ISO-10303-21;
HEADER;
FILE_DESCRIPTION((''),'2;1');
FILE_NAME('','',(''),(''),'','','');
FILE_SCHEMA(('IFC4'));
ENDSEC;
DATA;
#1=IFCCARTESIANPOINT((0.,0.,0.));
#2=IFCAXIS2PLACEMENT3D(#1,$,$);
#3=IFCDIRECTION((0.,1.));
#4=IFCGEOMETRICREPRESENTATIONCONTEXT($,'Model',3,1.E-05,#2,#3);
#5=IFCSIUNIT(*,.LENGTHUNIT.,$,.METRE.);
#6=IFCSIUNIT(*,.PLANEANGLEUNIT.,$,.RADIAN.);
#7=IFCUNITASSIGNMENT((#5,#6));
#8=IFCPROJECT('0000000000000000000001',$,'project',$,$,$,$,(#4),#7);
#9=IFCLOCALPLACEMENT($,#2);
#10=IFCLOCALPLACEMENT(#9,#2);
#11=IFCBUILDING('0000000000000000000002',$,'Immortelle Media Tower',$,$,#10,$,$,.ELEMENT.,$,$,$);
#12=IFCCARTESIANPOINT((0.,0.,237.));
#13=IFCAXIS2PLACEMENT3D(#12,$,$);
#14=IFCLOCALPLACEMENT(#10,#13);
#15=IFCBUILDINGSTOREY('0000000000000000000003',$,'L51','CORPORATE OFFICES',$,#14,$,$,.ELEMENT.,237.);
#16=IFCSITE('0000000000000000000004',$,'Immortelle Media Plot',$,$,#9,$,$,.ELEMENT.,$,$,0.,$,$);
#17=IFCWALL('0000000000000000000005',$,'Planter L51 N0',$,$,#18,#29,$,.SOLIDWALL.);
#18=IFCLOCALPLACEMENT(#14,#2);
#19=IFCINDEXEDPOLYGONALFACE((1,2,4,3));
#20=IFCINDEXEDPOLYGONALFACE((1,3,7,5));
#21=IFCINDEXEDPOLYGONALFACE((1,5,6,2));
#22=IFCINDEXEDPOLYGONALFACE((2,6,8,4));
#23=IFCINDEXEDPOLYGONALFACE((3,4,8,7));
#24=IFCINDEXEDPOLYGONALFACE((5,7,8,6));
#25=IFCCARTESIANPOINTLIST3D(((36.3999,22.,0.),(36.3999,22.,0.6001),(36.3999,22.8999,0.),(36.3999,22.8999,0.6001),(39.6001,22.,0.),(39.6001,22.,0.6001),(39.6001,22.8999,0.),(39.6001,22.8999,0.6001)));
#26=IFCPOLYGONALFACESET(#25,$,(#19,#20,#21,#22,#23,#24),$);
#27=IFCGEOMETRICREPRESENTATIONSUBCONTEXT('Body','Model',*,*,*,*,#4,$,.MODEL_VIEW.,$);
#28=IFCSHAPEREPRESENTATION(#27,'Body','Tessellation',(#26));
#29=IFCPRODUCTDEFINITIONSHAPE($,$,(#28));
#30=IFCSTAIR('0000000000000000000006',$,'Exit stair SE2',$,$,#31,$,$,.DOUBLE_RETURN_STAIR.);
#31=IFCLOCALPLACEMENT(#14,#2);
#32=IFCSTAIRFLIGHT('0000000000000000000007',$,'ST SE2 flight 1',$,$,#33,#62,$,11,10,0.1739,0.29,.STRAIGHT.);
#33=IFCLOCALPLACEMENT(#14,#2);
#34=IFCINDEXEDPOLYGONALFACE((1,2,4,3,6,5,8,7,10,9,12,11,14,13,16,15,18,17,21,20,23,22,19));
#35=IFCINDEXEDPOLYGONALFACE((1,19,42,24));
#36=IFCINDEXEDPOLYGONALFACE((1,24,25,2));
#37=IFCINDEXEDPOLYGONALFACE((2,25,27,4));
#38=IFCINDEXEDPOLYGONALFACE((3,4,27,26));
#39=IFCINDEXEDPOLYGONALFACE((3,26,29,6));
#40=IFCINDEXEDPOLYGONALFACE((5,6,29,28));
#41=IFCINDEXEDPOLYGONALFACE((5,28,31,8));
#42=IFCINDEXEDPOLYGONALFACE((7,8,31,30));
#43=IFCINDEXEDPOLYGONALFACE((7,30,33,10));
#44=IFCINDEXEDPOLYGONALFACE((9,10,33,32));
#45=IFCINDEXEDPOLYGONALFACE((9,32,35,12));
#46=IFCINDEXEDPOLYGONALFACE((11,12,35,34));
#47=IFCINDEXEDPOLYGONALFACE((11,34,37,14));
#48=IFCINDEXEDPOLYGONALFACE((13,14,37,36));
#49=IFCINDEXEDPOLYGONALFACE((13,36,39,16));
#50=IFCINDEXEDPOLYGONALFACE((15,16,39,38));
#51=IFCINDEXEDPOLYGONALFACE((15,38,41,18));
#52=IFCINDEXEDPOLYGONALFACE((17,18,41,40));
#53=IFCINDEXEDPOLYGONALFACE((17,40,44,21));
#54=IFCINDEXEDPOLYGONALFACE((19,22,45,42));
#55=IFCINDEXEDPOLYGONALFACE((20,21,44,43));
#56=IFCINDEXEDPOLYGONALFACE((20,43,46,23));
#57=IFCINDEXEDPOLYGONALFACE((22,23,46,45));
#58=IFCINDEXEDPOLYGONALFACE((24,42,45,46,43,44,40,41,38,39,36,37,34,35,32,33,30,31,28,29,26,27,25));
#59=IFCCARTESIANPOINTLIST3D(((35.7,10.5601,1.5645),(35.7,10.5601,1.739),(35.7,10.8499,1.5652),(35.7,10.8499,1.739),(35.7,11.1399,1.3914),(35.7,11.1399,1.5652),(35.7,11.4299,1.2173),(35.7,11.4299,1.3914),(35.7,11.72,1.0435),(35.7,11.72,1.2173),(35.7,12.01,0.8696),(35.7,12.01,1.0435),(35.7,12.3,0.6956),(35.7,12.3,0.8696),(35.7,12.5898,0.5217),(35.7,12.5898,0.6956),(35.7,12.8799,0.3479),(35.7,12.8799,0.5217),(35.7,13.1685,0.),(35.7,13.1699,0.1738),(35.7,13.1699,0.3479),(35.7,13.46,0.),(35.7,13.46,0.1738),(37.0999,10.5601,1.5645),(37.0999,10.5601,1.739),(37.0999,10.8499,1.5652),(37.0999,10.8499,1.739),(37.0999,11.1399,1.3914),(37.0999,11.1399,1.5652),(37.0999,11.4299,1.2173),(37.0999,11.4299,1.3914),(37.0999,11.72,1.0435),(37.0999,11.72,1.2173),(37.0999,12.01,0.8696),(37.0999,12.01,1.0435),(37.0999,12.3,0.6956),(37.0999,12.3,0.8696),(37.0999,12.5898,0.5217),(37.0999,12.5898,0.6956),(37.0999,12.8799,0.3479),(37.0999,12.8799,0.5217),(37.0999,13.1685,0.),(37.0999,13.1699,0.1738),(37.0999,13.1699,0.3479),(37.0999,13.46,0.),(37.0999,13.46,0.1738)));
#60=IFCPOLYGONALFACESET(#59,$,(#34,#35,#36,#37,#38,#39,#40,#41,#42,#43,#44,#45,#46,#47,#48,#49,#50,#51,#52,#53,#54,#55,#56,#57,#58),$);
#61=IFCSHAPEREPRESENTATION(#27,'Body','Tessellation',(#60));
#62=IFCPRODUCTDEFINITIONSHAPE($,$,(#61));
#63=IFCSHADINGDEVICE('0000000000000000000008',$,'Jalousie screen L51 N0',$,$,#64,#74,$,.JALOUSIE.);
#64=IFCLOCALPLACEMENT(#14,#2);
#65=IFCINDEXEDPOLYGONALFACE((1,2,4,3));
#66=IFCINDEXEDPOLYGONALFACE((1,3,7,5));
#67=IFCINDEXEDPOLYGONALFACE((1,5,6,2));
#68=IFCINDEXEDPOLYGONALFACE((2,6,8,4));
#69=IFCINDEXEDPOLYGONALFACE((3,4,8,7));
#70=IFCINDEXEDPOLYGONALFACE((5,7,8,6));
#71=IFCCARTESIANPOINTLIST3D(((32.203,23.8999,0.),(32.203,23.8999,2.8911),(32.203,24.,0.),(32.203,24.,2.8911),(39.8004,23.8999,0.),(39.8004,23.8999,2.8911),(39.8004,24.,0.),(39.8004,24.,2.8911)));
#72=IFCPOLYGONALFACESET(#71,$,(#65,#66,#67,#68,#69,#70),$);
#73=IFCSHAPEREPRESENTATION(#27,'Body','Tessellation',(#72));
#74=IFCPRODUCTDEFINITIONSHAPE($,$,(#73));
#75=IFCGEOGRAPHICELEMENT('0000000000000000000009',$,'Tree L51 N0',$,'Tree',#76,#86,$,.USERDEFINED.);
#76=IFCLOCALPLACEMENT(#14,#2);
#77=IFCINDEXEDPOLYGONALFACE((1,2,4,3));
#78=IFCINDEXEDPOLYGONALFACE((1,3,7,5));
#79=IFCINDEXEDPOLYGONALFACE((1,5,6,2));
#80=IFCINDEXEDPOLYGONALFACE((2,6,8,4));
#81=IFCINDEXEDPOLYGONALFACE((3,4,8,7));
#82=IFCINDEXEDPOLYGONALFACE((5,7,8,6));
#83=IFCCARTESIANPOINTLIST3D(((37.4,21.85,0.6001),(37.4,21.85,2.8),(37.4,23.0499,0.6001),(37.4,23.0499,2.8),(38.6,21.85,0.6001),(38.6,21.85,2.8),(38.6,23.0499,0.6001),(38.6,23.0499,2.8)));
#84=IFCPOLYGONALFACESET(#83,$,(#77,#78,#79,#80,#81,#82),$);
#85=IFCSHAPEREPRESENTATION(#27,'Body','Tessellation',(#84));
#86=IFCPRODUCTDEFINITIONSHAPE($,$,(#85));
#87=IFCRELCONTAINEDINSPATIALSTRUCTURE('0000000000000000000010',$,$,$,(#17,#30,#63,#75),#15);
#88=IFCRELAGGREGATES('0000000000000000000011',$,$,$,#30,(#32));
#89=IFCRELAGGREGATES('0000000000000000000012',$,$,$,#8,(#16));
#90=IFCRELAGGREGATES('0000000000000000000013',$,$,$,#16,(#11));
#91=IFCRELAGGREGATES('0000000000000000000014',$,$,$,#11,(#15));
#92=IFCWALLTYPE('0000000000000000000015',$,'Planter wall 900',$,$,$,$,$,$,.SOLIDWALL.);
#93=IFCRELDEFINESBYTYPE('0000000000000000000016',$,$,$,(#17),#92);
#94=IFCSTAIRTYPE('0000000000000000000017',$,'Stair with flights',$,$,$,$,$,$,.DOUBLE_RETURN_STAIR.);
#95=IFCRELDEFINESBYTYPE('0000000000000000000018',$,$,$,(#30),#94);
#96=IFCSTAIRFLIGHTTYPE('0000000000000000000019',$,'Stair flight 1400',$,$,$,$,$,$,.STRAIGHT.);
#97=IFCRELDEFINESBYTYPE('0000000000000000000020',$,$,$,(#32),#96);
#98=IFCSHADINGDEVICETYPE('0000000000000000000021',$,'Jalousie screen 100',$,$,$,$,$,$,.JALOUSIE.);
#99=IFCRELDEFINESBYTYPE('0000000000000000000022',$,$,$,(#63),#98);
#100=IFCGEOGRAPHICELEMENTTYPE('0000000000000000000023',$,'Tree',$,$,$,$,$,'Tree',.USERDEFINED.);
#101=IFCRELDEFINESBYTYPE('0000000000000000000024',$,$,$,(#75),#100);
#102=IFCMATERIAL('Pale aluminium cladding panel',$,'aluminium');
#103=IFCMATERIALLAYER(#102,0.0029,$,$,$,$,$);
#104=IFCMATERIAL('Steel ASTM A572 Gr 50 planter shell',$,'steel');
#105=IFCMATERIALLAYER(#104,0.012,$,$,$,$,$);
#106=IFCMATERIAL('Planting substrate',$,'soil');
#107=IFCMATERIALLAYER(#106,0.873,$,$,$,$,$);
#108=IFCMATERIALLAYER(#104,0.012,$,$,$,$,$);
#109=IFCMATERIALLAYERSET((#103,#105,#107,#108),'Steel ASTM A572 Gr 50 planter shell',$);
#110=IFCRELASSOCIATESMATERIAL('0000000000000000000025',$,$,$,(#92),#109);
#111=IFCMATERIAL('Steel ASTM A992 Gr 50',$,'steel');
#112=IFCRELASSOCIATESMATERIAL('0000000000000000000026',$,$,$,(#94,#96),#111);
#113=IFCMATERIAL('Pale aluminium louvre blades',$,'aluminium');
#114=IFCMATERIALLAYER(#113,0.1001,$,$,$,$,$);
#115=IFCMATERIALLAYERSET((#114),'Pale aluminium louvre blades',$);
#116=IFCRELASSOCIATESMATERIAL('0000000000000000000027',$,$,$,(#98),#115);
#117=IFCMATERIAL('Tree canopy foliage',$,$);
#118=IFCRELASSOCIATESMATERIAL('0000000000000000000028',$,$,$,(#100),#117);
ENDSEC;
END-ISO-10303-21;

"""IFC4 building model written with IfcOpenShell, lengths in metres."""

from ifc_helpers import new_model, si_unit, direction, frame, frame_2d, origin, origin_2d, place, context, subcontext, project, spatial, polyline, rectangle, outline, extrude, material, layer, layer_set, type_object, element, aggregate, save


model = new_model("IFC4")

# Units and contexts
model_context = context("Model", 3, precision=1e-05, world=origin(), true_north=direction((0.0, 1.0)))
body_context = subcontext(model_context, "Body", "Model", "MODEL_VIEW")
ifc_project = project(units=[si_unit("LENGTHUNIT", "METRE"), si_unit("PLANEANGLEUNIT", "RADIAN")], contexts=[model_context])

# Site, building, storey
site_placement = place(None, origin())
site = spatial("IfcSite", under=ifc_project, at=site_placement, Name="Immortelle Media Plot", CompositionType="ELEMENT", RefElevation=0.0)
building_placement = place(site_placement, origin())
building = spatial("IfcBuilding", under=site, at=building_placement, Name="Immortelle Media Tower", CompositionType="ELEMENT")
storey_placement = place(building_placement, frame((0.0, 0.0, 237.0)))
storey = spatial("IfcBuildingStorey", under=building, at=storey_placement, Name="L51", Description="CORPORATE OFFICES", CompositionType="ELEMENT", Elevation=237.0)

# Shared definitions
ifc_material_1 = material(Name="Steel ASTM A992 Gr 50", Category="steel")

# Shared definitions
ifc_material_2 = material(Name="Pale aluminium cladding panel", Category="aluminium")

# Wall
ifc_layer_1 = layer(ifc_material_2, 0.0029)
ifc_material_3 = material(Name="Steel ASTM A572 Gr 50 planter shell", Category="steel")
ifc_layer_2 = layer(ifc_material_3, 0.012)
ifc_material_4 = material(Name="Planting substrate", Category="soil")
ifc_layer_3 = layer(ifc_material_4, 0.873)
ifc_layer_4 = layer(ifc_material_3, 0.012)
ifc_layer_set_1 = layer_set([ifc_layer_1, ifc_layer_2, ifc_layer_3, ifc_layer_4], Name="Steel ASTM A572 Gr 50 planter shell")
wall_type_1 = type_object("IfcWallType", Name="Planter wall 900", PredefinedType="SOLIDWALL", material=ifc_layer_set_1)
wall_1_placement = place(storey_placement, frame((39.6001, 22.45, 0.0), z_axis=(0.0, 0.0, 1.0), x_axis=(-1.0, 0.0, 0.0)))
element("IfcWall", 1, at=wall_1_placement, inside=storey, type_object=wall_type_1, Name="Planter L51 N0", PredefinedType="SOLIDWALL", context=body_context, shape_type="SweptSolid", body=[
    extrude(rectangle(XDim=3.2002, YDim=0.8999, at=frame_2d((1.6001, 0.0))), origin(), (0.0, 0.0, 1.0), 0.6001),
])

# Stair, stair flight
stair_type = type_object("IfcStairType", Name="Stair with flights", PredefinedType="DOUBLE_RETURN_STAIR", material=ifc_material_1)
stair_placement = place(storey_placement, origin())
stair = element("IfcStair", 2, at=stair_placement, inside=storey, type_object=stair_type, Name="Exit stair SE2", PredefinedType="DOUBLE_RETURN_STAIR")
stair_flight_type = type_object("IfcStairFlightType", Name="Stair flight 1400", PredefinedType="STRAIGHT", material=ifc_material_1)
stair_flight_placement = place(storey_placement, frame((36.3999, 13.46, 0.0), z_axis=(0.0, 0.0, 1.0), x_axis=(0.0, -1.0, 0.0)))
stair_flight = element("IfcStairFlight", 3, at=stair_flight_placement, type_object=stair_flight_type, Name="ST SE2 flight 1", NumberOfRisers=11, NumberOfTreads=10, PredefinedType="STRAIGHT", RiserHeight=0.1739, TreadLength=0.29, context=body_context, shape_type="SweptSolid", body=[
    extrude(outline(polyline([(0.0, 0.0), (0.0, 0.1738), (0.29, 0.1738), (0.29, 0.3479), (0.5801, 0.3479), (0.5801, 0.5217), (0.8701, 0.5217), (0.8701, 0.6956), (1.1599, 0.6956), (1.1599, 0.8696), (1.45, 0.8696), (1.45, 1.0435), (1.74, 1.0435), (1.74, 1.2173), (2.03, 1.2173), (2.03, 1.3914), (2.3201, 1.3914), (2.3201, 1.5652), (2.6101, 1.5652), (2.6101, 1.739), (2.8999, 1.739), (2.8999, 1.9131), (2.8999, 1.5645), (0.2915, 0.0), (0.0, 0.0)])), frame((0.0, 0.7, 0.0), z_axis=(0.0, -1.0, 0.0), x_axis=(1.0, 0.0, 0.0)), (0.0, 0.0, 1.0), 1.3999),
])
aggregate(stair, [stair_flight])

# Shading device
ifc_material_5 = material(Name="Pale aluminium louvre blades", Category="aluminium")
ifc_layer_5 = layer(ifc_material_5, 0.1001)
ifc_layer_set_2 = layer_set([ifc_layer_5], Name="Pale aluminium louvre blades")
shading_device_type = type_object("IfcShadingDeviceType", Name="Jalousie screen 100", PredefinedType="JALOUSIE", material=ifc_layer_set_2)
shading_device_placement = place(storey_placement, frame((36.0017, 23.95, 0.0), z_axis=(0.0, 0.0, 1.0), x_axis=(-1.0, 0.0, 0.0)))
element("IfcShadingDevice", 4, at=shading_device_placement, inside=storey, type_object=shading_device_type, Name="Jalousie screen L51 N0", PredefinedType="JALOUSIE", context=body_context, shape_type="SweptSolid", body=[
    extrude(rectangle(XDim=7.5974, YDim=0.1001, at=origin_2d()), origin(), (0.0, 0.0, 1.0), 2.8911),
])

# Geographic element
ifc_material_6 = material(Name="Tree canopy foliage")
geographic_element_type = type_object("IfcGeographicElementType", Name="Tree", ElementType="Tree", PredefinedType="USERDEFINED", material=ifc_material_6)
geographic_element_placement = place(storey_placement, frame((38.0, 22.45, 0.6001), z_axis=(0.0, 0.0, 1.0), x_axis=(1.0, 0.0, 0.0)))
element("IfcGeographicElement", 5, at=geographic_element_placement, inside=storey, type_object=geographic_element_type, Name="Tree L51 N0", ObjectType="Tree", PredefinedType="USERDEFINED", context=body_context, shape_type="SweptSolid", body=[
    extrude(rectangle(XDim=1.2, YDim=1.2, at=origin_2d()), origin(), (0.0, 0.0, 1.0), 2.2),
])

save(model, "model.ifc")
